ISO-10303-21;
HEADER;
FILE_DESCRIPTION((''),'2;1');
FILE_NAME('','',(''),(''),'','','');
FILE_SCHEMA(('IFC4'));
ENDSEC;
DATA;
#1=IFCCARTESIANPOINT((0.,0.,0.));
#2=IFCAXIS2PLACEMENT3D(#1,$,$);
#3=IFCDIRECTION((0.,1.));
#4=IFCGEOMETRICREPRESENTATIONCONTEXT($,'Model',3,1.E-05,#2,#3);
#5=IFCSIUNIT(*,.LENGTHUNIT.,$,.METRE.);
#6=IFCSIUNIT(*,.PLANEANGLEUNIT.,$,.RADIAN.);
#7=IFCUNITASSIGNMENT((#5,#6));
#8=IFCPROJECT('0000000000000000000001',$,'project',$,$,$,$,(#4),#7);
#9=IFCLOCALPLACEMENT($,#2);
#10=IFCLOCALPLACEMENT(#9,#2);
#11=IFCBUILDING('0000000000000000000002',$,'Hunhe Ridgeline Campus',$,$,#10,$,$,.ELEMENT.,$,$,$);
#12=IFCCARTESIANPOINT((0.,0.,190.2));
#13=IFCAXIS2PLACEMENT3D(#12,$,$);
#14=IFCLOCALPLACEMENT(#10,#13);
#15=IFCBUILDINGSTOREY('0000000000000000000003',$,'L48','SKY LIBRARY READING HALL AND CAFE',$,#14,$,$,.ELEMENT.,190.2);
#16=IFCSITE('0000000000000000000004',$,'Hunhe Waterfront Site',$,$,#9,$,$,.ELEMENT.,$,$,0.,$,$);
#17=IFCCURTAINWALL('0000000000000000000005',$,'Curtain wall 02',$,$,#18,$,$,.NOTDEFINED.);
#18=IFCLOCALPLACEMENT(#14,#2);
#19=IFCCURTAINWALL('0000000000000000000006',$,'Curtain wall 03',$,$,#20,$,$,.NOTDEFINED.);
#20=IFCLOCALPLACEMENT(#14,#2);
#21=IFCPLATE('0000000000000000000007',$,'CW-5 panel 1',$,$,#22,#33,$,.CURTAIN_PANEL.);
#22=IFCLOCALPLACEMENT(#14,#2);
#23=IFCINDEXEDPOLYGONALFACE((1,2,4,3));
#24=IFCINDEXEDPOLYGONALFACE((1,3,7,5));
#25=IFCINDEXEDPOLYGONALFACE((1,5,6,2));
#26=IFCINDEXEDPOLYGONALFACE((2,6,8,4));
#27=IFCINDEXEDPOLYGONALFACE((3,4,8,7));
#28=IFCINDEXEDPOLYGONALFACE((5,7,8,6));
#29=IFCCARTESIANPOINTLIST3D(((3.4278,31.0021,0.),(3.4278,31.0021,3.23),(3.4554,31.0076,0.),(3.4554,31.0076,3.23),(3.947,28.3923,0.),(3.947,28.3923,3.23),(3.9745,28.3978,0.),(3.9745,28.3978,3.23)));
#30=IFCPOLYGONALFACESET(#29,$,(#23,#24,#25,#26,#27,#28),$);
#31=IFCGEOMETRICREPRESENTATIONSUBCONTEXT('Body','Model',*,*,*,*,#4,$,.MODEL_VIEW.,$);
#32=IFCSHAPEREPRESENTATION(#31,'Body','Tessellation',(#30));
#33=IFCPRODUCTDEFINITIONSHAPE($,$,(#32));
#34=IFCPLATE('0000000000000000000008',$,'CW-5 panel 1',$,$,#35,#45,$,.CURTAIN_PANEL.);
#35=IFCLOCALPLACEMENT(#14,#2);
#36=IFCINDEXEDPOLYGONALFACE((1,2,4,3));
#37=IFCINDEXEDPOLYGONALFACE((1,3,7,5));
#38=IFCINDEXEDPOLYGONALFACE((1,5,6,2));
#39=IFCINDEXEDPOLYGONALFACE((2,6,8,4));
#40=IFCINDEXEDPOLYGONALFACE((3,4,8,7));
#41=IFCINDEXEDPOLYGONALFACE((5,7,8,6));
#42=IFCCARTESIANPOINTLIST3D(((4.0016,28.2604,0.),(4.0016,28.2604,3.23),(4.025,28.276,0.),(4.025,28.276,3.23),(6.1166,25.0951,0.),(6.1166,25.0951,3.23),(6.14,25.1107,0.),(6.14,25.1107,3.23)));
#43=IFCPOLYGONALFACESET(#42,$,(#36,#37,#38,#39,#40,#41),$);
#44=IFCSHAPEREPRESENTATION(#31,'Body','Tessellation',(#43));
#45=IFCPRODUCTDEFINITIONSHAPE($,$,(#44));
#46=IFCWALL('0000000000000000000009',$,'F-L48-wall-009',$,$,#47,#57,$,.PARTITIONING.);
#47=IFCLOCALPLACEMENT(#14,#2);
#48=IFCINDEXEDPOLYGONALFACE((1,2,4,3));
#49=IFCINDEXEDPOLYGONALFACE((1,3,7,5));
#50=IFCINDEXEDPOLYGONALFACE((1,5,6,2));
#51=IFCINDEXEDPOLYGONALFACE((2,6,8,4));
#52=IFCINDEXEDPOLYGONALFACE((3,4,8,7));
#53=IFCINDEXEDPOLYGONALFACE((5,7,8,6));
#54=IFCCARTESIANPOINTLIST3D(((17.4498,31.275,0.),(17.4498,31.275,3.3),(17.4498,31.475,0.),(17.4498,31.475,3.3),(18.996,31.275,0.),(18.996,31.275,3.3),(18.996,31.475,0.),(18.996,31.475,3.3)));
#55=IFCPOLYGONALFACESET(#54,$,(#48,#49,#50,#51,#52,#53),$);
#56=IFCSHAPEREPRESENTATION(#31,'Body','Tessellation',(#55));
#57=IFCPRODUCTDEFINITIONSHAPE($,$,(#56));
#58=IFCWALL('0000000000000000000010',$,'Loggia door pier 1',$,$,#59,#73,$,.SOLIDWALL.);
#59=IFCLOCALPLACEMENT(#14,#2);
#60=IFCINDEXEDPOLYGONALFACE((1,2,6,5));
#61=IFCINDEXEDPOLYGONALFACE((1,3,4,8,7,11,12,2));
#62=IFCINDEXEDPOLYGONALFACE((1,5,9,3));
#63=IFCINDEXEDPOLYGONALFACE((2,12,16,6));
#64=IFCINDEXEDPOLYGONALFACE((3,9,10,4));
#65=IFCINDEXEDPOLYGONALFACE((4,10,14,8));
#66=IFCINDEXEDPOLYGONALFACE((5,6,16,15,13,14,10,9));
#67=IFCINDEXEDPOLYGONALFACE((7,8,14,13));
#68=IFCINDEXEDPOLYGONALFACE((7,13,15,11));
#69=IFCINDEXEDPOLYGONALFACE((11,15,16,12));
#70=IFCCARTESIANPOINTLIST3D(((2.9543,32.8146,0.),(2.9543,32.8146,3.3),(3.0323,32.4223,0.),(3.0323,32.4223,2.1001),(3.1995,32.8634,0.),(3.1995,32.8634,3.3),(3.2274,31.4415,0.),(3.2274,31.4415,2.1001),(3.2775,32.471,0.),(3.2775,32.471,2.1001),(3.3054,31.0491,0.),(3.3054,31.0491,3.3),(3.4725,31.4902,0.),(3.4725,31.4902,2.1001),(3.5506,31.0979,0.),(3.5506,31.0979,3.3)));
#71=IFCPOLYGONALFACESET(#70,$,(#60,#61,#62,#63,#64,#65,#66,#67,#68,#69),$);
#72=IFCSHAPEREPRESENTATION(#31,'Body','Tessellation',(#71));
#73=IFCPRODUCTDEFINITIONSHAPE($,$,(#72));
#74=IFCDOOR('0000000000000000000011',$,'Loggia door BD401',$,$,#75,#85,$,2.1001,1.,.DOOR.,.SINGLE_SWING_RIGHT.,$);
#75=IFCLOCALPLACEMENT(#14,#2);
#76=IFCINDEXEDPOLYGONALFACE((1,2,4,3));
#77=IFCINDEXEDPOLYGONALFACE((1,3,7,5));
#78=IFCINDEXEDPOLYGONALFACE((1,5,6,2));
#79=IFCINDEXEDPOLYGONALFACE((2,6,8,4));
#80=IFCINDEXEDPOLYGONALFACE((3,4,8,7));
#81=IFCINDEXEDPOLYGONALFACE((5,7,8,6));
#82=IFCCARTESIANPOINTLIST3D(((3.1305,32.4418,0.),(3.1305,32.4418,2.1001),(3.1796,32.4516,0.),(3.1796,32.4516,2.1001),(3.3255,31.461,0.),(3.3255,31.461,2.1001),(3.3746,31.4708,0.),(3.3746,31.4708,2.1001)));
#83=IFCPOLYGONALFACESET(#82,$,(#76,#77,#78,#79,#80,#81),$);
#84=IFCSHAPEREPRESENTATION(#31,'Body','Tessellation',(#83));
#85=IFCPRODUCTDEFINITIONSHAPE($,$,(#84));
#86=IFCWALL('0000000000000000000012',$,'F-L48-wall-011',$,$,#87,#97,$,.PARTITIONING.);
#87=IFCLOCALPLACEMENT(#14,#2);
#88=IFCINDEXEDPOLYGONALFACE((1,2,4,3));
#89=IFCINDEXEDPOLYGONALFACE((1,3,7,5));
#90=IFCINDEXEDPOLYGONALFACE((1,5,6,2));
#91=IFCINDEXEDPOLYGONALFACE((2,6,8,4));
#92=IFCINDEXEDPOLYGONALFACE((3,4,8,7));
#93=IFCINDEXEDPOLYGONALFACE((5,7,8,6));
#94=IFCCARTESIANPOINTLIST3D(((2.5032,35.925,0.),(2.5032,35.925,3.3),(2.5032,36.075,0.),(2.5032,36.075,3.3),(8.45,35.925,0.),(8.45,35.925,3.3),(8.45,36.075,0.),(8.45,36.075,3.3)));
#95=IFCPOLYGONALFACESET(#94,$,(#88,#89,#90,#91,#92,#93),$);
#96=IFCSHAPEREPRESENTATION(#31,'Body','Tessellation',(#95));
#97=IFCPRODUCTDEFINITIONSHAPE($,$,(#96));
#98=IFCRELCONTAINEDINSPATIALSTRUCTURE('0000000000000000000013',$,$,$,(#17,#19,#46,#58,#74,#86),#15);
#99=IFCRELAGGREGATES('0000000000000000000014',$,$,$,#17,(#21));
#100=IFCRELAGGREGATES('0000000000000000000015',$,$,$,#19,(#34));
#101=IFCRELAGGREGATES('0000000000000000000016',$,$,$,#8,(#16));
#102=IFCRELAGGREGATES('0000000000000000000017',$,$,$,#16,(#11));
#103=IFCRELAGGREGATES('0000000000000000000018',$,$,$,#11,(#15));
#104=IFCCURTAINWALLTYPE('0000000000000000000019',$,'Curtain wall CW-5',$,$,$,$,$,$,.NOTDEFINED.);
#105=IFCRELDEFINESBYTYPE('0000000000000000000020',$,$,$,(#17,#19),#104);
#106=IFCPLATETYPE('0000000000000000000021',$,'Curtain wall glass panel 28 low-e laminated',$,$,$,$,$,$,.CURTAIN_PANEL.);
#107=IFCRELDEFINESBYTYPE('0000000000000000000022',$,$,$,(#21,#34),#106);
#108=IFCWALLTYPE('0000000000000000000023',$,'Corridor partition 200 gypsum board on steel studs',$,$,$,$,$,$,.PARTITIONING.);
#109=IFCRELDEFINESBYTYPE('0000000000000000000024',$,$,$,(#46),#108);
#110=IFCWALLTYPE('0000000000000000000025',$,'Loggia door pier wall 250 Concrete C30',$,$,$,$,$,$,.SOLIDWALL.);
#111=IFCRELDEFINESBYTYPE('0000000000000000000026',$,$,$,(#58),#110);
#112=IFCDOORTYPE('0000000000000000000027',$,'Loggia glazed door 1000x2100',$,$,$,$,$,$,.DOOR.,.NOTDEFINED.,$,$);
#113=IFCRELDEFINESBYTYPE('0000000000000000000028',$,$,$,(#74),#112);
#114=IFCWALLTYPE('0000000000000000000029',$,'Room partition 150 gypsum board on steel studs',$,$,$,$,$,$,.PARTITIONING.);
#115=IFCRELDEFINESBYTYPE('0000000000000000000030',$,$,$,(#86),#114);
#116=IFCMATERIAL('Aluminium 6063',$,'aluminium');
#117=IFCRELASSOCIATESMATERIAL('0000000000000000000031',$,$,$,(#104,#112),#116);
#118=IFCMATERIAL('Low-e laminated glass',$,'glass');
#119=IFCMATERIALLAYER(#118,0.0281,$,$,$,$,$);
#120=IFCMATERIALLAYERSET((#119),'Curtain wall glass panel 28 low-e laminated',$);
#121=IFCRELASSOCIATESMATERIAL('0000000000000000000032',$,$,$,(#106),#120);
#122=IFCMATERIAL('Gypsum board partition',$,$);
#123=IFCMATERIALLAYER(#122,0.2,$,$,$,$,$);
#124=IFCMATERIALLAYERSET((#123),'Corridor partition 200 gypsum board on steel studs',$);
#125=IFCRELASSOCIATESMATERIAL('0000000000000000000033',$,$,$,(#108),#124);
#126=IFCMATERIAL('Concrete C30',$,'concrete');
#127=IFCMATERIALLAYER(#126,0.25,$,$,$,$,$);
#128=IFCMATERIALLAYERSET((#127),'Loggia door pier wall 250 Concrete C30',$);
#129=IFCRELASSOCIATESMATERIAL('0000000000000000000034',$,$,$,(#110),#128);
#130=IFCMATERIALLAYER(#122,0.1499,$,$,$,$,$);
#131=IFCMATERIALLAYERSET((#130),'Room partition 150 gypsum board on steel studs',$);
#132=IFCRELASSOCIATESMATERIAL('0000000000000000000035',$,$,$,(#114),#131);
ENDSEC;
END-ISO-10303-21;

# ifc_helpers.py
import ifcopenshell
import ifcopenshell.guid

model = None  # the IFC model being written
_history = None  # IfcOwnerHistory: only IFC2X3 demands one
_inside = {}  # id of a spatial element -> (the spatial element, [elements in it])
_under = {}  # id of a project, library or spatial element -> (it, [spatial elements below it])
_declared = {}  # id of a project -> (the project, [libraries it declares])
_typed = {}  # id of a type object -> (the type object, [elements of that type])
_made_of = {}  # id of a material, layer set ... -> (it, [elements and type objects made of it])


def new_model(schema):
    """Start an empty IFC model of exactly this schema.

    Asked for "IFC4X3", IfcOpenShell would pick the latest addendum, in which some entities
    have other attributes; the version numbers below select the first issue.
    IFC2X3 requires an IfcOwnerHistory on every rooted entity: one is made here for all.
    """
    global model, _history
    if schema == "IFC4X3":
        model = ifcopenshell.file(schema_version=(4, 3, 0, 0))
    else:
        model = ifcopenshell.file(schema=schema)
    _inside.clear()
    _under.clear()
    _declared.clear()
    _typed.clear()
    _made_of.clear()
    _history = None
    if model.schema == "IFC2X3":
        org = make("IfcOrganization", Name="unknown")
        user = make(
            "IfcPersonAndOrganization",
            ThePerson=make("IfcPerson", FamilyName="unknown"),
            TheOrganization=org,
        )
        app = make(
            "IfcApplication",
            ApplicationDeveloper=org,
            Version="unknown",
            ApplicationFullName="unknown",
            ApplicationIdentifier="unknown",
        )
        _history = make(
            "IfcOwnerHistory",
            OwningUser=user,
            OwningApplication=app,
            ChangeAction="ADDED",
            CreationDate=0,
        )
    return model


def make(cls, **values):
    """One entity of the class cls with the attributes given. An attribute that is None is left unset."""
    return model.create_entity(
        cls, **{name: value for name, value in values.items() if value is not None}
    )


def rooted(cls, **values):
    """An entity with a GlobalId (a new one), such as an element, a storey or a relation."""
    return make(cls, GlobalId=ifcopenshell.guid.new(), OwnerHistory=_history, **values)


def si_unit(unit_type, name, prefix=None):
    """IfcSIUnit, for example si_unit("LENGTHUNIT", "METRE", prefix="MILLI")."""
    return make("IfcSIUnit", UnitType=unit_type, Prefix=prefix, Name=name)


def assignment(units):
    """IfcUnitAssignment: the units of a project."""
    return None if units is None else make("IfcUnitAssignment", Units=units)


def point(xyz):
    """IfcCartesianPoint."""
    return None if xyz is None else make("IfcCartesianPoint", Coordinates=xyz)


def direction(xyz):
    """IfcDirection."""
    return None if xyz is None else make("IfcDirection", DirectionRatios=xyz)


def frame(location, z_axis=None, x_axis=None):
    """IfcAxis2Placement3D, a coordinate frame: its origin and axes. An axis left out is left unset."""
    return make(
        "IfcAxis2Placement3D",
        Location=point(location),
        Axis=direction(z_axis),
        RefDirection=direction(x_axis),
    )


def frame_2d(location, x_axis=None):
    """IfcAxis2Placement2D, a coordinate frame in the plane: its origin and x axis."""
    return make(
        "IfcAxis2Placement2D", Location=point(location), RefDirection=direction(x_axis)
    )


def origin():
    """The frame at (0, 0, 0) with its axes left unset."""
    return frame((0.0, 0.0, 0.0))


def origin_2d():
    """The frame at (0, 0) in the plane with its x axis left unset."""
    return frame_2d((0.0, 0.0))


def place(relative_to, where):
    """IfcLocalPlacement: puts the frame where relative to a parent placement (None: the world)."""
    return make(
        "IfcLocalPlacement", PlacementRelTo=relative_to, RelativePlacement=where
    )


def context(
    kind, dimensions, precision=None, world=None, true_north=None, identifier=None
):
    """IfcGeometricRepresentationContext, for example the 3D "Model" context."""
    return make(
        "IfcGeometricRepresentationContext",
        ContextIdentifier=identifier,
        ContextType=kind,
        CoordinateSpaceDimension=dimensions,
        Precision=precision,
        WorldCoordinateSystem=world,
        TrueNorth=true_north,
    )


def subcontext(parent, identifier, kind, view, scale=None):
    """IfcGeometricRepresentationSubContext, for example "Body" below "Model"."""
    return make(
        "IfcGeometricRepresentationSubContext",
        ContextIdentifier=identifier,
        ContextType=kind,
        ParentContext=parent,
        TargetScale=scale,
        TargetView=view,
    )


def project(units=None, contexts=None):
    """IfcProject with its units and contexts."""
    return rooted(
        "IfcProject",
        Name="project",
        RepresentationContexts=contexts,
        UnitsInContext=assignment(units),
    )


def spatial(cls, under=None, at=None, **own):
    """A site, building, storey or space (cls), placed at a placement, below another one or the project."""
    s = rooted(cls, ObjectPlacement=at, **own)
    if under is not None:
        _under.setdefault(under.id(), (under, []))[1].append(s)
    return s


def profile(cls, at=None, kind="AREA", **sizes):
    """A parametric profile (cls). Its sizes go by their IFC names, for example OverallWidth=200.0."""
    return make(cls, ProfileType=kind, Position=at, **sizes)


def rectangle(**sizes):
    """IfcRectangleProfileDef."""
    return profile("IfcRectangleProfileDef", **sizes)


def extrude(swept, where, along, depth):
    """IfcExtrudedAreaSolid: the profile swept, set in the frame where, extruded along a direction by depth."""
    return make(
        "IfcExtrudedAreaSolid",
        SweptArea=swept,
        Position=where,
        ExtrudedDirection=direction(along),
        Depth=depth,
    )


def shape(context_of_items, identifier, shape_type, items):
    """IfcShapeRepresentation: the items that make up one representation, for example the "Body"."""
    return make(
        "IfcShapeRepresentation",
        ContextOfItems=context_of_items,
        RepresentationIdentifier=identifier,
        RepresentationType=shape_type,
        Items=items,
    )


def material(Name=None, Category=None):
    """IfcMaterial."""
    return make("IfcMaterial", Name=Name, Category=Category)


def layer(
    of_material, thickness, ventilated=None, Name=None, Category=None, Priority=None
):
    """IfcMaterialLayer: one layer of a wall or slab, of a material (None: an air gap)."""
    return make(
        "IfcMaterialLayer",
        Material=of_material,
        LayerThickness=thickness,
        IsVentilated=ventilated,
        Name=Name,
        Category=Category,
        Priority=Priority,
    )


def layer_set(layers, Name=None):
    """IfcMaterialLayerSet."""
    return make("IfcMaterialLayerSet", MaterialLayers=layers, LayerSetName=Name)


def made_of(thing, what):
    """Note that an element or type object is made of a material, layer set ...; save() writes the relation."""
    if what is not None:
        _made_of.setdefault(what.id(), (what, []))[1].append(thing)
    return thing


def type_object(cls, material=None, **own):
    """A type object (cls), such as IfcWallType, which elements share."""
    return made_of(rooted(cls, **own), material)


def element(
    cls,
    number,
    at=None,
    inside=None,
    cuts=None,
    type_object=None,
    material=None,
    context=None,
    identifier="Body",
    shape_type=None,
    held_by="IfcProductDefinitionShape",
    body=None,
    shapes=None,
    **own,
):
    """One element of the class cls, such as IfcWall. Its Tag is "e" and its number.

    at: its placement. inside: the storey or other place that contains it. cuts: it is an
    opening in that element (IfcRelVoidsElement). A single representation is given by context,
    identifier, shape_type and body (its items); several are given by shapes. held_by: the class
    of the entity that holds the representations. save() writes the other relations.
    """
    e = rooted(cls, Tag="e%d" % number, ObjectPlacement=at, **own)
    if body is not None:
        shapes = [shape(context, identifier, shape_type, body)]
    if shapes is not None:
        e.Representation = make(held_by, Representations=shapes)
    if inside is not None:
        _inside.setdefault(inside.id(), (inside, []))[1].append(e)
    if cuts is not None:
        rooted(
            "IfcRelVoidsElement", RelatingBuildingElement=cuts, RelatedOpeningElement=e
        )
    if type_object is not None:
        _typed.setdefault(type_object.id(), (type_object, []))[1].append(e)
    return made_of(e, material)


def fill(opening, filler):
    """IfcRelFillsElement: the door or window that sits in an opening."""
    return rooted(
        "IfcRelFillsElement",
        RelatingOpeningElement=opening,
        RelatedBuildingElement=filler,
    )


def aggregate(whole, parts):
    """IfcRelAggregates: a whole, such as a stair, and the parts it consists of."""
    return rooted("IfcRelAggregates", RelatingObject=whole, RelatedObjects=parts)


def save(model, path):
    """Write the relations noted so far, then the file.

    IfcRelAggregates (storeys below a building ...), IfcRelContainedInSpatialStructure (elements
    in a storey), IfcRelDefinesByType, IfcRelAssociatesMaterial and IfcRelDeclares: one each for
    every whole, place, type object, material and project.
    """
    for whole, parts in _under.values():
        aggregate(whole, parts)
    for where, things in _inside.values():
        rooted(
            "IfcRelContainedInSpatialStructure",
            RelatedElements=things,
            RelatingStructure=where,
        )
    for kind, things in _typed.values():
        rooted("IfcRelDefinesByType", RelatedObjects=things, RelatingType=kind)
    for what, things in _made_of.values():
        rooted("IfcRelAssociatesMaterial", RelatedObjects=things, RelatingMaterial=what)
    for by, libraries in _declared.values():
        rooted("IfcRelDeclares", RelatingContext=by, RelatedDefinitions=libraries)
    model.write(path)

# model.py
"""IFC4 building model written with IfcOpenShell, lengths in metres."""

from ifc_helpers import new_model, si_unit, direction, frame, frame_2d, origin, origin_2d, place, context, subcontext, project, spatial, rectangle, extrude, material, layer, layer_set, type_object, element, fill, aggregate, save


model = new_model("IFC4")

# Units and contexts
model_context = context("Model", 3, precision=1e-05, world=origin(), true_north=direction((0.0, 1.0)))
body_context = subcontext(model_context, "Body", "Model", "MODEL_VIEW")
ifc_project = project(units=[si_unit("LENGTHUNIT", "METRE"), si_unit("PLANEANGLEUNIT", "RADIAN")], contexts=[model_context])

# Site, building, storey
site_placement = place(None, origin())
site = spatial("IfcSite", under=ifc_project, at=site_placement, Name="Hunhe Waterfront Site", CompositionType="ELEMENT", RefElevation=0.0)
building_placement = place(site_placement, origin())
building = spatial("IfcBuilding", under=site, at=building_placement, Name="Hunhe Ridgeline Campus", CompositionType="ELEMENT")
storey_placement = place(building_placement, frame((0.0, 0.0, 190.2)))
storey = spatial("IfcBuildingStorey", under=building, at=storey_placement, Name="L48", Description="SKY LIBRARY READING HALL AND CAFE", CompositionType="ELEMENT", Elevation=190.2)

# Shared definitions
ifc_material_1 = material(Name="Aluminium 6063", Category="aluminium")
curtain_wall_type = type_object("IfcCurtainWallType", Name="Curtain wall CW-5", PredefinedType="NOTDEFINED", material=ifc_material_1)

# Curtain walls
curtain_wall_1_placement = place(storey_placement, origin())
curtain_wall_1 = element("IfcCurtainWall", 1, at=curtain_wall_1_placement, inside=storey, type_object=curtain_wall_type, Name="Curtain wall 02", PredefinedType="NOTDEFINED")
curtain_wall_2_placement = place(storey_placement, origin())
curtain_wall_2 = element("IfcCurtainWall", 2, at=curtain_wall_2_placement, inside=storey, type_object=curtain_wall_type, Name="Curtain wall 03", PredefinedType="NOTDEFINED")

# Plates
ifc_material_2 = material(Name="Low-e laminated glass", Category="glass")
ifc_layer_1 = layer(ifc_material_2, 0.0281)
ifc_layer_set_1 = layer_set([ifc_layer_1], Name="Curtain wall glass panel 28 low-e laminated")
plate_type = type_object("IfcPlateType", Name="Curtain wall glass panel 28 low-e laminated", PredefinedType="CURTAIN_PANEL", material=ifc_layer_set_1)
plate_1_placement = place(storey_placement, frame((3.7012, 29.7, 0.0), z_axis=(0.0, 0.0, 1.0), x_axis=(0.195095, -0.980784, 0.0)))
plate_1 = element("IfcPlate", 3, at=plate_1_placement, type_object=plate_type, Name="CW-5 panel 1", PredefinedType="CURTAIN_PANEL", context=body_context, shape_type="SweptSolid", body=[
    extrude(rectangle(XDim=2.6609, YDim=0.0281, at=origin_2d()), origin(), (0.0, 0.0, 1.0), 3.23),
])
aggregate(curtain_wall_1, [plate_1])
plate_2_placement = place(storey_placement, frame((5.0708, 26.6855, 0.0), z_axis=(0.0, 0.0, 1.0), x_axis=(0.55557, -0.83147, 0.0)))
plate_2 = element("IfcPlate", 4, at=plate_2_placement, type_object=plate_type, Name="CW-5 panel 1", PredefinedType="CURTAIN_PANEL", context=body_context, shape_type="SweptSolid", body=[
    extrude(rectangle(XDim=3.8069, YDim=0.0281, at=origin_2d()), origin(), (0.0, 0.0, 1.0), 3.23),
])
aggregate(curtain_wall_2, [plate_2])

# Wall
ifc_material_3 = material(Name="Gypsum board partition")
ifc_layer_2 = layer(ifc_material_3, 0.2)
ifc_layer_set_2 = layer_set([ifc_layer_2], Name="Corridor partition 200 gypsum board on steel studs")
wall_type_1 = type_object("IfcWallType", Name="Corridor partition 200 gypsum board on steel studs", PredefinedType="PARTITIONING", material=ifc_layer_set_2)
wall_1_placement = place(storey_placement, frame((17.45, 31.375, 0.0), z_axis=(0.0, 0.0, 1.0), x_axis=(1.0, 0.0, 0.0)))
element("IfcWall", 5, at=wall_1_placement, inside=storey, type_object=wall_type_1, Name="F-L48-wall-009", PredefinedType="PARTITIONING", context=body_context, shape_type="SweptSolid", body=[
    extrude(rectangle(XDim=1.5461, YDim=0.2, at=frame_2d((0.7729, 0.0))), origin(), (0.0, 0.0, 1.0), 3.3),
])

# Wall, opening, door
ifc_material_4 = material(Name="Concrete C30", Category="concrete")
ifc_layer_3 = layer(ifc_material_4, 0.25)
ifc_layer_set_3 = layer_set([ifc_layer_3], Name="Loggia door pier wall 250 Concrete C30")
wall_type_2 = type_object("IfcWallType", Name="Loggia door pier wall 250 Concrete C30", PredefinedType="SOLIDWALL", material=ifc_layer_set_3)
wall_2_placement = place(storey_placement, frame((3.0769, 32.8389, 0.0), z_axis=(0.0, 0.0, 1.0), x_axis=(0.195047, -0.980794, 0.0)))
wall_2 = element("IfcWall", 6, at=wall_2_placement, inside=storey, type_object=wall_type_2, Name="Loggia door pier 1", PredefinedType="SOLIDWALL", context=body_context, shape_type="SweptSolid", body=[
    extrude(rectangle(XDim=1.8, YDim=0.25, at=frame_2d((0.8999, 0.0))), origin(), (0.0, 0.0, 1.0), 3.3),
])
opening_1_placement = place(wall_2_placement, frame((0.3999, 0.0, 0.0)))
opening_1 = element("IfcOpeningElement", 7, at=opening_1_placement, cuts=wall_2, PredefinedType="OPENING", context=body_context, shape_type="SweptSolid", body=[
    extrude(rectangle(XDim=1.0, YDim=2.1001, at=frame_2d((0.5, 1.05))), frame((0.0, 0.125, 0.0), z_axis=(0.0, -1.0, 0.0), x_axis=(1.0, 0.0, 0.0)), (0.0, 0.0, 1.0), 0.25),
])
door_type_1 = type_object("IfcDoorType", Name="Loggia glazed door 1000x2100", OperationType="NOTDEFINED", PredefinedType="DOOR", material=ifc_material_1)
door_1_placement = place(opening_1_placement, frame((1.0, 0.0, 0.0), z_axis=(0.0, 0.0, 1.0), x_axis=(-1.0, 0.0, 0.0)))
door_1 = element("IfcDoor", 8, at=door_1_placement, inside=storey, type_object=door_type_1, Name="Loggia door BD401", OperationType="SINGLE_SWING_RIGHT", OverallHeight=2.1001, OverallWidth=1.0, PredefinedType="DOOR", context=body_context, shape_type="SweptSolid", body=[
    extrude(rectangle(XDim=1.0, YDim=2.1001, at=frame_2d((0.5, 1.05))), frame((0.0, 0.0249, 0.0), z_axis=(0.0, -1.0, 0.0), x_axis=(1.0, 0.0, 0.0)), (0.0, 0.0, 1.0), 0.05),
])
fill(opening_1, door_1)

# Wall
ifc_layer_4 = layer(ifc_material_3, 0.1499)
ifc_layer_set_4 = layer_set([ifc_layer_4], Name="Room partition 150 gypsum board on steel studs")
wall_type_3 = type_object("IfcWallType", Name="Room partition 150 gypsum board on steel studs", PredefinedType="PARTITIONING", material=ifc_layer_set_4)
wall_3_placement = place(storey_placement, frame((2.5032, 36.0, 0.0), z_axis=(0.0, 0.0, 1.0), x_axis=(1.0, 0.0, 0.0)))
element("IfcWall", 9, at=wall_3_placement, inside=storey, type_object=wall_type_3, Name="F-L48-wall-011", PredefinedType="PARTITIONING", context=body_context, shape_type="SweptSolid", body=[
    extrude(rectangle(XDim=5.9468, YDim=0.1499, at=frame_2d((2.9734, 0.0))), origin(), (0.0, 0.0, 1.0), 3.3),
])

save(model, "model.ifc")
